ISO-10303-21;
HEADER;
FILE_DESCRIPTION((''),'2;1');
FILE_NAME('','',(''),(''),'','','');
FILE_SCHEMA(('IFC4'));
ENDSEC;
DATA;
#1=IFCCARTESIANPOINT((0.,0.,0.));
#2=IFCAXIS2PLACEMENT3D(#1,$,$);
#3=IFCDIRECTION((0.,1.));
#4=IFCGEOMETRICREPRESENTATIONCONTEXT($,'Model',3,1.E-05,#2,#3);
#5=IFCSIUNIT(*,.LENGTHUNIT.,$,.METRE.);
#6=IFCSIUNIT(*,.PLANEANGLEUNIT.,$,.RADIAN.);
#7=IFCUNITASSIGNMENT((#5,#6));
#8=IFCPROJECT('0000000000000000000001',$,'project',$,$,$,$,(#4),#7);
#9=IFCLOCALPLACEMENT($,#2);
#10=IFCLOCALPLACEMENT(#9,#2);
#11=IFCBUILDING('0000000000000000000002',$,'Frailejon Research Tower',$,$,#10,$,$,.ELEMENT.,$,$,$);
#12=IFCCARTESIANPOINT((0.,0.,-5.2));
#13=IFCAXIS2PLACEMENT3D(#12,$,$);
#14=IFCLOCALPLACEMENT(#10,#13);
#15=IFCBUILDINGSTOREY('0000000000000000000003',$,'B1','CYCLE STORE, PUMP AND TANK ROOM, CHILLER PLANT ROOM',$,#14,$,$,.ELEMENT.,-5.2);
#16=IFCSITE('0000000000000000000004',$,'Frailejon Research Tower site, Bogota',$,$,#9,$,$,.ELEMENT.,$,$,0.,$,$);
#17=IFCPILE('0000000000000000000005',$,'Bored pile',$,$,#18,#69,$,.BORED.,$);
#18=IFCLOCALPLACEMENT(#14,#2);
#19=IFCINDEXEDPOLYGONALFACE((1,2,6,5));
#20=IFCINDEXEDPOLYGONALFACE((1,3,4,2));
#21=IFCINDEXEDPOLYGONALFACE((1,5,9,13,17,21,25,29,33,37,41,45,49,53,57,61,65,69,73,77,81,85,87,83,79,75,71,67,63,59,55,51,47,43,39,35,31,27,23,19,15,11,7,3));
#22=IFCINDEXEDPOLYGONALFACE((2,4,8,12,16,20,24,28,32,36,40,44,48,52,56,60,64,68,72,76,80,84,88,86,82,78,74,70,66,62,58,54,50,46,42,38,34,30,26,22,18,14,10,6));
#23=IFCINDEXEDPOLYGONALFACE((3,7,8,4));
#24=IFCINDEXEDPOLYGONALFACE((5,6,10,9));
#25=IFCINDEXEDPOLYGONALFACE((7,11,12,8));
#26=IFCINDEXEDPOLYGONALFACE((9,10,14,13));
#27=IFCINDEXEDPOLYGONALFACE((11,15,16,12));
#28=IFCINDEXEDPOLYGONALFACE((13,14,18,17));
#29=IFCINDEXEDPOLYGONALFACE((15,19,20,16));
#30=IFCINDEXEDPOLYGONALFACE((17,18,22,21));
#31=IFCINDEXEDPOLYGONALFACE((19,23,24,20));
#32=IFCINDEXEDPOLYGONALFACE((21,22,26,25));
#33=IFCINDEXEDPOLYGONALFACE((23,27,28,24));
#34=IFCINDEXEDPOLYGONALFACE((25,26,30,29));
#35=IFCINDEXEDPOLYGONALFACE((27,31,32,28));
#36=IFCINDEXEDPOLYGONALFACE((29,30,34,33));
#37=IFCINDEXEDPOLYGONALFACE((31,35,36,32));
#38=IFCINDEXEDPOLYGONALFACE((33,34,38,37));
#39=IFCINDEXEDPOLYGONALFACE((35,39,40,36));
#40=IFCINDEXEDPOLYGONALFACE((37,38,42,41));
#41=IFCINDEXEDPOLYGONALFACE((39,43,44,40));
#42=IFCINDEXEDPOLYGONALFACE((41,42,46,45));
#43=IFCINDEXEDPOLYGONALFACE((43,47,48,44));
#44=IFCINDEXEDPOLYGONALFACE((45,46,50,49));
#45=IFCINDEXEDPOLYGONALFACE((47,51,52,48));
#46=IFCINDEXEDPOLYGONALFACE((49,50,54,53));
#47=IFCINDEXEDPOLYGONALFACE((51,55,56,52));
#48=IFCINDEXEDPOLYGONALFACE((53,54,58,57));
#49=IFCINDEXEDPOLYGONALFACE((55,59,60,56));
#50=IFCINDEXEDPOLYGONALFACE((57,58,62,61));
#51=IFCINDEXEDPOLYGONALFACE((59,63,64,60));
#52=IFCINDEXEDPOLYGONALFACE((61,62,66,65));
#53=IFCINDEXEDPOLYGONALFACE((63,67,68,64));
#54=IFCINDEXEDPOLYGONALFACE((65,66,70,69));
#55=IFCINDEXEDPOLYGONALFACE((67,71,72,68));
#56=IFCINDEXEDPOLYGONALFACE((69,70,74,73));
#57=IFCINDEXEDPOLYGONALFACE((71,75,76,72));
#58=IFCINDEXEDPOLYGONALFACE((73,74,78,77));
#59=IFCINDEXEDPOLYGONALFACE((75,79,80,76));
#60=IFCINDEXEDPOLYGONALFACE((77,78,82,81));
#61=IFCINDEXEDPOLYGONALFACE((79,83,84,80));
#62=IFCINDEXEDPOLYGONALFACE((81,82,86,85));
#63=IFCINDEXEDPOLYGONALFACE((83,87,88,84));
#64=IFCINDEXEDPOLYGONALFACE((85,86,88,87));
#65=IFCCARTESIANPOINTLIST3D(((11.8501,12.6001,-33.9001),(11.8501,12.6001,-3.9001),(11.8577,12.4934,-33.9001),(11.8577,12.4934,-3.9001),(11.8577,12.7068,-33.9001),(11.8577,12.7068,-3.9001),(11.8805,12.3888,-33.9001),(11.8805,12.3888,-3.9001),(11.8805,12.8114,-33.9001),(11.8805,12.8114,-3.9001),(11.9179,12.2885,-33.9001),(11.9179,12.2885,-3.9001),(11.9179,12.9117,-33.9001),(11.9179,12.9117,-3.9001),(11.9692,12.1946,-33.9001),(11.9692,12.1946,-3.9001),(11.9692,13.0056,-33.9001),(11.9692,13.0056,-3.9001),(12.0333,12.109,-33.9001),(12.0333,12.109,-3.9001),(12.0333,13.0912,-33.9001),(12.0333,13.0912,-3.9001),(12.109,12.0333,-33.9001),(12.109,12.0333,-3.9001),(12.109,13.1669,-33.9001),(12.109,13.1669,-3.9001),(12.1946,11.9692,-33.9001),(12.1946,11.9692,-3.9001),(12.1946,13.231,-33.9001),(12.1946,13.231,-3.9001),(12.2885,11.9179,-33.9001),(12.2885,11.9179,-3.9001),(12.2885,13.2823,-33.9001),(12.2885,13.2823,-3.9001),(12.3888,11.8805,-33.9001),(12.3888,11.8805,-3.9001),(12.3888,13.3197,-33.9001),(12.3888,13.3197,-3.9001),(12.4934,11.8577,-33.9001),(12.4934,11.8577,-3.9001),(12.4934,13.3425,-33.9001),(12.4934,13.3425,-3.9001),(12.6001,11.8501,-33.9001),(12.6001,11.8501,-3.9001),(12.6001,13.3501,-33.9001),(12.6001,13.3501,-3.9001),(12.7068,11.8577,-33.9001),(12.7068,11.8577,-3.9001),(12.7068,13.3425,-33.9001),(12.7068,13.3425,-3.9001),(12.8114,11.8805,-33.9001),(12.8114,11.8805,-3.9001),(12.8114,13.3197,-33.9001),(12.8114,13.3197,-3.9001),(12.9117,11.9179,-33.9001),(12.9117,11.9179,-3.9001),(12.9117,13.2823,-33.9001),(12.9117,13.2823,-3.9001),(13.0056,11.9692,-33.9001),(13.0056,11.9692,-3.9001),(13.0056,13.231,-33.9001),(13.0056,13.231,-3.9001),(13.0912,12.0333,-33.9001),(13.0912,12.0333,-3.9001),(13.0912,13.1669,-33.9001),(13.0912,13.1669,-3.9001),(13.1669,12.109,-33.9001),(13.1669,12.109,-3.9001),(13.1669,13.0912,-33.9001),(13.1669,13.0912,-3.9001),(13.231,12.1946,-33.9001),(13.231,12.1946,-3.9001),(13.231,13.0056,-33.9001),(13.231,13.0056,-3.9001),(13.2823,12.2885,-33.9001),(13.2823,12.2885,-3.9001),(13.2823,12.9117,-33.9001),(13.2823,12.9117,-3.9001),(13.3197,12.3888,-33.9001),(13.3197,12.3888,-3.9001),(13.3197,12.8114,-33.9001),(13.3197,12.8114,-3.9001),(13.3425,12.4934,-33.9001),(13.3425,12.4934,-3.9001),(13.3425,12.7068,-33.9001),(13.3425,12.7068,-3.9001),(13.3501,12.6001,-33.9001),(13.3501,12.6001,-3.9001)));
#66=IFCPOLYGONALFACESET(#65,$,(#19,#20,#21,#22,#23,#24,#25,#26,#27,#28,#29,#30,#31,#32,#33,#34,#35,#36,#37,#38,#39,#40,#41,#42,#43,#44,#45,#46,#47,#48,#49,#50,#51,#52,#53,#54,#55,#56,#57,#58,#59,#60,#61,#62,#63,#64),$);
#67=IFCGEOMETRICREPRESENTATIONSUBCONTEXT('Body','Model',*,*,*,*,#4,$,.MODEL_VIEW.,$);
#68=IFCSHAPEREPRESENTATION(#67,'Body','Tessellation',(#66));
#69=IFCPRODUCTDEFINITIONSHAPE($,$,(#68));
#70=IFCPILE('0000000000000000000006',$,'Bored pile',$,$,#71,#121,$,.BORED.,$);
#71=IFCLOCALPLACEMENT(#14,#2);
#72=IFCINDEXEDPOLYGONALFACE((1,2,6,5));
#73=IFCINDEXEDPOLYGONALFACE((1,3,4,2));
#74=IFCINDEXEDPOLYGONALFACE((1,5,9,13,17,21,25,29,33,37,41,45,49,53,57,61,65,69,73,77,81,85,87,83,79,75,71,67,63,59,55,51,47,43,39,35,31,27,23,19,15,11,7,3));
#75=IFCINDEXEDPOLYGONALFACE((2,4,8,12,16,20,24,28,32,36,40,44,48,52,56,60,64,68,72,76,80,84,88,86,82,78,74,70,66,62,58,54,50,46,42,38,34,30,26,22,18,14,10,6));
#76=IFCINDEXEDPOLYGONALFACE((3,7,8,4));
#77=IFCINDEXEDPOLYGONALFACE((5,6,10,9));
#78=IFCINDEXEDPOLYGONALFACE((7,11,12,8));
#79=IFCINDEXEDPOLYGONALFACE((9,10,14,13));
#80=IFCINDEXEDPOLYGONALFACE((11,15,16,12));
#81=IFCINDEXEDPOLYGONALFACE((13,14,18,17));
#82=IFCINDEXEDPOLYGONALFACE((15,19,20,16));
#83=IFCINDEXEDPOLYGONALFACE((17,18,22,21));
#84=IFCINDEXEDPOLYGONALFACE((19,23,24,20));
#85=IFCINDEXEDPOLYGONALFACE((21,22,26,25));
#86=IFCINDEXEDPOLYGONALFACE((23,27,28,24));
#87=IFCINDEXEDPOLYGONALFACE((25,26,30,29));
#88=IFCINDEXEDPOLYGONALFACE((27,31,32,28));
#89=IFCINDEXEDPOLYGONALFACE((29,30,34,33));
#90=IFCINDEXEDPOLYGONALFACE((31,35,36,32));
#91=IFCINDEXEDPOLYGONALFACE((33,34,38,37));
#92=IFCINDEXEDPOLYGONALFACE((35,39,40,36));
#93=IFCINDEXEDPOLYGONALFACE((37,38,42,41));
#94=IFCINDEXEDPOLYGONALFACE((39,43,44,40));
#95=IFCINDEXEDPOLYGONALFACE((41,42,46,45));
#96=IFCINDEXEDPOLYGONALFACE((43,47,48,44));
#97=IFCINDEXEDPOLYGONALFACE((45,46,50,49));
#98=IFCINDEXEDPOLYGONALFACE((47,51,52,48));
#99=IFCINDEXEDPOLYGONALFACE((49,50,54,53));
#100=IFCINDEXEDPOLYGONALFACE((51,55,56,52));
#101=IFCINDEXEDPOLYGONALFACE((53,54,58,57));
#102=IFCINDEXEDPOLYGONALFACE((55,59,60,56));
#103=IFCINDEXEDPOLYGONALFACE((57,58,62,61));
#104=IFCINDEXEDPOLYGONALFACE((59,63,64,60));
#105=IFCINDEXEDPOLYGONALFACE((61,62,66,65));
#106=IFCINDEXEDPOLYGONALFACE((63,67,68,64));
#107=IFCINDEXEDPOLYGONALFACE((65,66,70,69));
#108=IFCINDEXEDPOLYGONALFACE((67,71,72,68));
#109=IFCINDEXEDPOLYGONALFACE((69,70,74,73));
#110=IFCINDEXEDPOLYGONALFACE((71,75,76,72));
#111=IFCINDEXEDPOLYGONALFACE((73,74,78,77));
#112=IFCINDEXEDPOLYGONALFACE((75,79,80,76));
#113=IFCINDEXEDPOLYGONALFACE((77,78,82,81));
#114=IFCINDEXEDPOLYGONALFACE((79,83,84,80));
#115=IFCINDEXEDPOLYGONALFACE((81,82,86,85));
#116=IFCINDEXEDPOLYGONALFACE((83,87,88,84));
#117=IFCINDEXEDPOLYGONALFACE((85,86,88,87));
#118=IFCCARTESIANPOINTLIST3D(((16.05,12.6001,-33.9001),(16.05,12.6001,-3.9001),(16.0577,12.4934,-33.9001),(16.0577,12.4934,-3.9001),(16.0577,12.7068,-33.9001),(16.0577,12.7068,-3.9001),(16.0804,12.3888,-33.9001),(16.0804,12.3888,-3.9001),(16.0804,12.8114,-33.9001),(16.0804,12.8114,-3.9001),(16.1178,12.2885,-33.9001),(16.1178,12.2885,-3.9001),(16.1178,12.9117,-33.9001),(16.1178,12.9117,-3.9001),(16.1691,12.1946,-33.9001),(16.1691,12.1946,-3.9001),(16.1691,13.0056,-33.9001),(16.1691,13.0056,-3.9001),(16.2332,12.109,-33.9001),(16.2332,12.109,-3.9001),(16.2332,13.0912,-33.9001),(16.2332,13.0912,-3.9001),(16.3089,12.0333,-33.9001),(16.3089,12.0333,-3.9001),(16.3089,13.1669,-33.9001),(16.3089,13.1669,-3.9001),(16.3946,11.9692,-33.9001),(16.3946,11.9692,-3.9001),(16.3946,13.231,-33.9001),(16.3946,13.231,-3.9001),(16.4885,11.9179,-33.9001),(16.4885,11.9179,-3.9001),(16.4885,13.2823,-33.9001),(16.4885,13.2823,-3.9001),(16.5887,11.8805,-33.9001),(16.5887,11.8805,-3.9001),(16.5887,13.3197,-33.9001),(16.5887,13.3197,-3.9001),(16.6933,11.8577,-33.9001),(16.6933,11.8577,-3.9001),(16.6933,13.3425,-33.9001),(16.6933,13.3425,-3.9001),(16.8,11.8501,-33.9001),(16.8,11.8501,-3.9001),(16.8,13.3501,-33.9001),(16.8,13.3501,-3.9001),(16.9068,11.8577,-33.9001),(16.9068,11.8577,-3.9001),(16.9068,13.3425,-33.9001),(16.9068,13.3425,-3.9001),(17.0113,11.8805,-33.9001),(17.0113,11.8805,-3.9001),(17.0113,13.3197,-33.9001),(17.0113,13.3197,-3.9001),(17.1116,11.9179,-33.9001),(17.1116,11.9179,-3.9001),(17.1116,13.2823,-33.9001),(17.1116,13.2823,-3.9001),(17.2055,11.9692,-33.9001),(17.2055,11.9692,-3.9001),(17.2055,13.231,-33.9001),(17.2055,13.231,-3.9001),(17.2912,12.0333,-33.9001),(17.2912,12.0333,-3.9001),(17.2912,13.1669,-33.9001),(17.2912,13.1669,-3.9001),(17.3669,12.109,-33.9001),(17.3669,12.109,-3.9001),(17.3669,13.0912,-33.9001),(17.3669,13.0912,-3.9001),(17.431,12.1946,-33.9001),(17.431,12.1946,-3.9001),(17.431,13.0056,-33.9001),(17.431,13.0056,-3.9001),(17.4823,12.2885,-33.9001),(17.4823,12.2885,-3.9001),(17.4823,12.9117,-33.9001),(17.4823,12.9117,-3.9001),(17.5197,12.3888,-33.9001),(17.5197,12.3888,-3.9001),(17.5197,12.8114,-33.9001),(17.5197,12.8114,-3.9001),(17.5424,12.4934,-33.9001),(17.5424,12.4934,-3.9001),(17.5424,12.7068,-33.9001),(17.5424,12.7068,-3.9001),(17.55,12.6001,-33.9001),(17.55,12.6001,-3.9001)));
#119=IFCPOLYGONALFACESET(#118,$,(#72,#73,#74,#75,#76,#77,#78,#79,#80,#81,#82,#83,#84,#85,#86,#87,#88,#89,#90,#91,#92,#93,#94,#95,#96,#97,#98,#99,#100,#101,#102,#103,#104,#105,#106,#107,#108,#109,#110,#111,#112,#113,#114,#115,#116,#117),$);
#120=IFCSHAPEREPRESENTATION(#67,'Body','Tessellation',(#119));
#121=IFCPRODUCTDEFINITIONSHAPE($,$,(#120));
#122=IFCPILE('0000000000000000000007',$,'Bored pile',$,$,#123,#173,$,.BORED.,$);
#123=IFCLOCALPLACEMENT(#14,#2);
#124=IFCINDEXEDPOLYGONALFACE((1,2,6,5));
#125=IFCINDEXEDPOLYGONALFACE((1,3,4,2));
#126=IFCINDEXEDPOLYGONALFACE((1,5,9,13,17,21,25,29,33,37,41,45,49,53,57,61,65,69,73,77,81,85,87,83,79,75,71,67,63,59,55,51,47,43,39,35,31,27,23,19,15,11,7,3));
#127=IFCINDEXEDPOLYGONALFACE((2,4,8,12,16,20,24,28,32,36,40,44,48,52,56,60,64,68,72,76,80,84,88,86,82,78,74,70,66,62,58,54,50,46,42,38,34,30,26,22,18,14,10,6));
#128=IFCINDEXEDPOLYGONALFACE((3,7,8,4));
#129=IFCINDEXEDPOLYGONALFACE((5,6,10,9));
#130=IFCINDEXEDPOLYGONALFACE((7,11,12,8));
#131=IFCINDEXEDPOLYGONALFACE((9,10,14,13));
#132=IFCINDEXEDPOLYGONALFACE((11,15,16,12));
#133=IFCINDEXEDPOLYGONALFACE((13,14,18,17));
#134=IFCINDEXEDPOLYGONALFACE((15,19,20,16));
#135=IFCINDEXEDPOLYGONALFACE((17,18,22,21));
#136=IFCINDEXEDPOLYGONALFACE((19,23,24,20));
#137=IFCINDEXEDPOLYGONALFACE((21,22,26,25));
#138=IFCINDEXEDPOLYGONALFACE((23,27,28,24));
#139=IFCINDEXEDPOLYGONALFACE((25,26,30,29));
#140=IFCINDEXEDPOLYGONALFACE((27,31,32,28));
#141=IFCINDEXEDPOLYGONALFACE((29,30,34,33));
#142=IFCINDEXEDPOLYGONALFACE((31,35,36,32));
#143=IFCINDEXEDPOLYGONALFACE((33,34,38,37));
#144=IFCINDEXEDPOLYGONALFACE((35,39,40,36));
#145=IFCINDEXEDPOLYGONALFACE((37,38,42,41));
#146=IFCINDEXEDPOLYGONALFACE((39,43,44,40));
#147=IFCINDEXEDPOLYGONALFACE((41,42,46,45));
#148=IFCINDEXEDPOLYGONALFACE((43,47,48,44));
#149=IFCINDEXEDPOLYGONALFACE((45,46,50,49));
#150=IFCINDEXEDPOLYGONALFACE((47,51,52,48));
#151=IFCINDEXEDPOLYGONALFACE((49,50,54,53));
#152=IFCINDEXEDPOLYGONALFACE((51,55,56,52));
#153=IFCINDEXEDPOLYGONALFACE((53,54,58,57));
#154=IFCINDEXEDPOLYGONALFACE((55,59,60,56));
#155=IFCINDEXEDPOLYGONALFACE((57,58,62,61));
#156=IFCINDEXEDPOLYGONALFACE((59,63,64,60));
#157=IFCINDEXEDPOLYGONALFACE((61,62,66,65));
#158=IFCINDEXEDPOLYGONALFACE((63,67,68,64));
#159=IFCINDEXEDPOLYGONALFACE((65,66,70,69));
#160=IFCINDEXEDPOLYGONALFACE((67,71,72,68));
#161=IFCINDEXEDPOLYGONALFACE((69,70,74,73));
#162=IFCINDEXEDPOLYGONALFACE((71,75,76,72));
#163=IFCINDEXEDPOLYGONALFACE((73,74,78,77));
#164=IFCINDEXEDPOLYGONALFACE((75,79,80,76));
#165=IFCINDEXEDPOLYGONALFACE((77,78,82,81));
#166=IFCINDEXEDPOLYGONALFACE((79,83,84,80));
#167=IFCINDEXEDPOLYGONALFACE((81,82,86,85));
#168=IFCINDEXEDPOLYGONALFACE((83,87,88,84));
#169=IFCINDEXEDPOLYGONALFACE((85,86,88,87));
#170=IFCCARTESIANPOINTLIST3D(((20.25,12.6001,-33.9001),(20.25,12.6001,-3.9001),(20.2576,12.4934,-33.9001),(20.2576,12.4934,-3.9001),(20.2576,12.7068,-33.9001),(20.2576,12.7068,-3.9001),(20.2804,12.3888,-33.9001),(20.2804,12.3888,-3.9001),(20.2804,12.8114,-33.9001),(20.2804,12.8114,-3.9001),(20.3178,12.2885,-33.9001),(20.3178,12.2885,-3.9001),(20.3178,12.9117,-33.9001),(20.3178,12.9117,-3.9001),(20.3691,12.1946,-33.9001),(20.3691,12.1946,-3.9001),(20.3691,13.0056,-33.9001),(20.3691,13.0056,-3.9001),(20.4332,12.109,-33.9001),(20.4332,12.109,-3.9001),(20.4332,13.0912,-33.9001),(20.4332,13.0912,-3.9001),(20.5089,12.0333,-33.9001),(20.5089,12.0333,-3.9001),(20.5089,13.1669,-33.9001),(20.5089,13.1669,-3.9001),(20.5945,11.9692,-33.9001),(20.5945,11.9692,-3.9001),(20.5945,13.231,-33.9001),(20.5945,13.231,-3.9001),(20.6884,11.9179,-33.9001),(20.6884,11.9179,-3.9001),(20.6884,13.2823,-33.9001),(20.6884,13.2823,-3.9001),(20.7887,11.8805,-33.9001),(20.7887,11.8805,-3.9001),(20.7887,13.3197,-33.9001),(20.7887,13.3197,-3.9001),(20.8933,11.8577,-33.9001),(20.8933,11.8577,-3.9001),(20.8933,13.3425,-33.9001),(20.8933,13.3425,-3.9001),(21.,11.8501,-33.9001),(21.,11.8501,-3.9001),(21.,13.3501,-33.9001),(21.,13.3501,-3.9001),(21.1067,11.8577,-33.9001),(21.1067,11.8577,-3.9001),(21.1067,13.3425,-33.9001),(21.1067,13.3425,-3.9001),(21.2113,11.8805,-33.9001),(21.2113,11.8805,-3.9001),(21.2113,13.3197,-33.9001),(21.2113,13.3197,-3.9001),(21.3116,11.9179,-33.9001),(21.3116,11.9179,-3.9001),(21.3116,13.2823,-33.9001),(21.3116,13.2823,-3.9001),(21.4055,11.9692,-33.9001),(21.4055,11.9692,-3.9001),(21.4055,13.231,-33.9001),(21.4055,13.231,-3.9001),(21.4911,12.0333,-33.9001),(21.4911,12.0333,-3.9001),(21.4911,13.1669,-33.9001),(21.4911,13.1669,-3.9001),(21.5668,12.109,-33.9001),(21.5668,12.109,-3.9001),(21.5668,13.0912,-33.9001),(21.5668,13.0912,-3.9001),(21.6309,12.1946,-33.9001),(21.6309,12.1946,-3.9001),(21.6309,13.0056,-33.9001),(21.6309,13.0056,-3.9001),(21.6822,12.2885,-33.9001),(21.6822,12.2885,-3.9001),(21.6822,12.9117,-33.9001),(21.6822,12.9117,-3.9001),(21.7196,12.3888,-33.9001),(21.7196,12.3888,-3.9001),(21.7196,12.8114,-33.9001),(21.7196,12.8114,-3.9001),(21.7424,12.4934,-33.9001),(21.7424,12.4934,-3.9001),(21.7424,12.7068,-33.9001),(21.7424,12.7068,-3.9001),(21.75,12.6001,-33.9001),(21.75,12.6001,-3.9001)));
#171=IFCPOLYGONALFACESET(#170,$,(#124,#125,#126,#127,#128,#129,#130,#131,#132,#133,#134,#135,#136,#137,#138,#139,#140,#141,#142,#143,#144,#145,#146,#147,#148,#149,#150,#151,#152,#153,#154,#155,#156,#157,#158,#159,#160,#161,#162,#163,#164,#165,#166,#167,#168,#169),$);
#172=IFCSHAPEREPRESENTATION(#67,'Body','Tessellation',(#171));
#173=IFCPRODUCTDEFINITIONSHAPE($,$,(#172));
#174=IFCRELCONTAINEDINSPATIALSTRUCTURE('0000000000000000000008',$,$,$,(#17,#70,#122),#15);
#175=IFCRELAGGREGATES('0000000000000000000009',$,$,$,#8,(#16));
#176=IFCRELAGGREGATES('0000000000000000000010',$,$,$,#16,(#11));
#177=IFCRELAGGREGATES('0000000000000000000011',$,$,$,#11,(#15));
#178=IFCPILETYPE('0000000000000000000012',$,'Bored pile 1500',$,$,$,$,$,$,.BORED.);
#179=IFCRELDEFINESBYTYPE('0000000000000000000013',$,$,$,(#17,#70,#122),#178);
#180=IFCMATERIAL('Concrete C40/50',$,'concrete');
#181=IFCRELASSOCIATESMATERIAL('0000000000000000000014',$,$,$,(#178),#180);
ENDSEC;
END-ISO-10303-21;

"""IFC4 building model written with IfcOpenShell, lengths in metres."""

from ifc_helpers import new_model, si_unit, direction, frame, origin, origin_2d, place, context, subcontext, project, spatial, circle, extrude, material, material_profile, profile_set, type_object, element, save


model = new_model("IFC4")

# Units and contexts
model_context = context("Model", 3, precision=1e-05, world=origin(), true_north=direction((0.0, 1.0)))
body_context = subcontext(model_context, "Body", "Model", "MODEL_VIEW")
ifc_project = project(units=[si_unit("LENGTHUNIT", "METRE"), si_unit("PLANEANGLEUNIT", "RADIAN")], contexts=[model_context])

# Site, building, storey
site_placement = place(None, origin())
site = spatial("IfcSite", under=ifc_project, at=site_placement, Name="Frailejon Research Tower site, Bogota", CompositionType="ELEMENT", RefElevation=0.0)
building_placement = place(site_placement, origin())
building = spatial("IfcBuilding", under=site, at=building_placement, Name="Frailejon Research Tower", CompositionType="ELEMENT")
storey_placement = place(building_placement, frame((0.0, 0.0, -5.2)))
storey = spatial("IfcBuildingStorey", under=building, at=storey_placement, Name="B1", Description="CYCLE STORE, PUMP AND TANK ROOM, CHILLER PLANT ROOM", CompositionType="ELEMENT", Elevation=-5.2)

# Piles
ifc_material_1 = material(Name="Concrete C40/50", Category="concrete")
ifc_material_profile_1 = material_profile(ifc_material_1, circle(Radius=0.75, at=origin_2d()), Name="Bored pile 1500")
ifc_profile_set_1 = profile_set([ifc_material_profile_1], Name="Concrete C40/50")
pile_type = type_object("IfcPileType", Name="Bored pile 1500", PredefinedType="BORED", material=ifc_profile_set_1)
for number, where, z_axis, x_axis, name in (
    (1, (12.6001, 12.6001, -3.9001), (0.0, 0.0, -1.0), (1.0, 0.0, 0.0), "Bored pile"),
    (2, (16.8, 12.6001, -3.9001), (0.0, 0.0, -1.0), (1.0, 0.0, 0.0), "Bored pile"),
    (3, (21.0, 12.6001, -3.9001), (0.0, 0.0, -1.0), (1.0, 0.0, 0.0), "Bored pile"),
):
    element("IfcPile", number, at=place(storey_placement, frame(where, z_axis=z_axis, x_axis=x_axis)), inside=storey, type_object=pile_type, Name=name, PredefinedType="BORED", context=body_context, shape_type="SweptSolid", body=[
        extrude(circle(Radius=0.75, at=origin_2d()), origin(), (0.0, 0.0, 1.0), 30.0),
    ])

save(model, "model.ifc")
